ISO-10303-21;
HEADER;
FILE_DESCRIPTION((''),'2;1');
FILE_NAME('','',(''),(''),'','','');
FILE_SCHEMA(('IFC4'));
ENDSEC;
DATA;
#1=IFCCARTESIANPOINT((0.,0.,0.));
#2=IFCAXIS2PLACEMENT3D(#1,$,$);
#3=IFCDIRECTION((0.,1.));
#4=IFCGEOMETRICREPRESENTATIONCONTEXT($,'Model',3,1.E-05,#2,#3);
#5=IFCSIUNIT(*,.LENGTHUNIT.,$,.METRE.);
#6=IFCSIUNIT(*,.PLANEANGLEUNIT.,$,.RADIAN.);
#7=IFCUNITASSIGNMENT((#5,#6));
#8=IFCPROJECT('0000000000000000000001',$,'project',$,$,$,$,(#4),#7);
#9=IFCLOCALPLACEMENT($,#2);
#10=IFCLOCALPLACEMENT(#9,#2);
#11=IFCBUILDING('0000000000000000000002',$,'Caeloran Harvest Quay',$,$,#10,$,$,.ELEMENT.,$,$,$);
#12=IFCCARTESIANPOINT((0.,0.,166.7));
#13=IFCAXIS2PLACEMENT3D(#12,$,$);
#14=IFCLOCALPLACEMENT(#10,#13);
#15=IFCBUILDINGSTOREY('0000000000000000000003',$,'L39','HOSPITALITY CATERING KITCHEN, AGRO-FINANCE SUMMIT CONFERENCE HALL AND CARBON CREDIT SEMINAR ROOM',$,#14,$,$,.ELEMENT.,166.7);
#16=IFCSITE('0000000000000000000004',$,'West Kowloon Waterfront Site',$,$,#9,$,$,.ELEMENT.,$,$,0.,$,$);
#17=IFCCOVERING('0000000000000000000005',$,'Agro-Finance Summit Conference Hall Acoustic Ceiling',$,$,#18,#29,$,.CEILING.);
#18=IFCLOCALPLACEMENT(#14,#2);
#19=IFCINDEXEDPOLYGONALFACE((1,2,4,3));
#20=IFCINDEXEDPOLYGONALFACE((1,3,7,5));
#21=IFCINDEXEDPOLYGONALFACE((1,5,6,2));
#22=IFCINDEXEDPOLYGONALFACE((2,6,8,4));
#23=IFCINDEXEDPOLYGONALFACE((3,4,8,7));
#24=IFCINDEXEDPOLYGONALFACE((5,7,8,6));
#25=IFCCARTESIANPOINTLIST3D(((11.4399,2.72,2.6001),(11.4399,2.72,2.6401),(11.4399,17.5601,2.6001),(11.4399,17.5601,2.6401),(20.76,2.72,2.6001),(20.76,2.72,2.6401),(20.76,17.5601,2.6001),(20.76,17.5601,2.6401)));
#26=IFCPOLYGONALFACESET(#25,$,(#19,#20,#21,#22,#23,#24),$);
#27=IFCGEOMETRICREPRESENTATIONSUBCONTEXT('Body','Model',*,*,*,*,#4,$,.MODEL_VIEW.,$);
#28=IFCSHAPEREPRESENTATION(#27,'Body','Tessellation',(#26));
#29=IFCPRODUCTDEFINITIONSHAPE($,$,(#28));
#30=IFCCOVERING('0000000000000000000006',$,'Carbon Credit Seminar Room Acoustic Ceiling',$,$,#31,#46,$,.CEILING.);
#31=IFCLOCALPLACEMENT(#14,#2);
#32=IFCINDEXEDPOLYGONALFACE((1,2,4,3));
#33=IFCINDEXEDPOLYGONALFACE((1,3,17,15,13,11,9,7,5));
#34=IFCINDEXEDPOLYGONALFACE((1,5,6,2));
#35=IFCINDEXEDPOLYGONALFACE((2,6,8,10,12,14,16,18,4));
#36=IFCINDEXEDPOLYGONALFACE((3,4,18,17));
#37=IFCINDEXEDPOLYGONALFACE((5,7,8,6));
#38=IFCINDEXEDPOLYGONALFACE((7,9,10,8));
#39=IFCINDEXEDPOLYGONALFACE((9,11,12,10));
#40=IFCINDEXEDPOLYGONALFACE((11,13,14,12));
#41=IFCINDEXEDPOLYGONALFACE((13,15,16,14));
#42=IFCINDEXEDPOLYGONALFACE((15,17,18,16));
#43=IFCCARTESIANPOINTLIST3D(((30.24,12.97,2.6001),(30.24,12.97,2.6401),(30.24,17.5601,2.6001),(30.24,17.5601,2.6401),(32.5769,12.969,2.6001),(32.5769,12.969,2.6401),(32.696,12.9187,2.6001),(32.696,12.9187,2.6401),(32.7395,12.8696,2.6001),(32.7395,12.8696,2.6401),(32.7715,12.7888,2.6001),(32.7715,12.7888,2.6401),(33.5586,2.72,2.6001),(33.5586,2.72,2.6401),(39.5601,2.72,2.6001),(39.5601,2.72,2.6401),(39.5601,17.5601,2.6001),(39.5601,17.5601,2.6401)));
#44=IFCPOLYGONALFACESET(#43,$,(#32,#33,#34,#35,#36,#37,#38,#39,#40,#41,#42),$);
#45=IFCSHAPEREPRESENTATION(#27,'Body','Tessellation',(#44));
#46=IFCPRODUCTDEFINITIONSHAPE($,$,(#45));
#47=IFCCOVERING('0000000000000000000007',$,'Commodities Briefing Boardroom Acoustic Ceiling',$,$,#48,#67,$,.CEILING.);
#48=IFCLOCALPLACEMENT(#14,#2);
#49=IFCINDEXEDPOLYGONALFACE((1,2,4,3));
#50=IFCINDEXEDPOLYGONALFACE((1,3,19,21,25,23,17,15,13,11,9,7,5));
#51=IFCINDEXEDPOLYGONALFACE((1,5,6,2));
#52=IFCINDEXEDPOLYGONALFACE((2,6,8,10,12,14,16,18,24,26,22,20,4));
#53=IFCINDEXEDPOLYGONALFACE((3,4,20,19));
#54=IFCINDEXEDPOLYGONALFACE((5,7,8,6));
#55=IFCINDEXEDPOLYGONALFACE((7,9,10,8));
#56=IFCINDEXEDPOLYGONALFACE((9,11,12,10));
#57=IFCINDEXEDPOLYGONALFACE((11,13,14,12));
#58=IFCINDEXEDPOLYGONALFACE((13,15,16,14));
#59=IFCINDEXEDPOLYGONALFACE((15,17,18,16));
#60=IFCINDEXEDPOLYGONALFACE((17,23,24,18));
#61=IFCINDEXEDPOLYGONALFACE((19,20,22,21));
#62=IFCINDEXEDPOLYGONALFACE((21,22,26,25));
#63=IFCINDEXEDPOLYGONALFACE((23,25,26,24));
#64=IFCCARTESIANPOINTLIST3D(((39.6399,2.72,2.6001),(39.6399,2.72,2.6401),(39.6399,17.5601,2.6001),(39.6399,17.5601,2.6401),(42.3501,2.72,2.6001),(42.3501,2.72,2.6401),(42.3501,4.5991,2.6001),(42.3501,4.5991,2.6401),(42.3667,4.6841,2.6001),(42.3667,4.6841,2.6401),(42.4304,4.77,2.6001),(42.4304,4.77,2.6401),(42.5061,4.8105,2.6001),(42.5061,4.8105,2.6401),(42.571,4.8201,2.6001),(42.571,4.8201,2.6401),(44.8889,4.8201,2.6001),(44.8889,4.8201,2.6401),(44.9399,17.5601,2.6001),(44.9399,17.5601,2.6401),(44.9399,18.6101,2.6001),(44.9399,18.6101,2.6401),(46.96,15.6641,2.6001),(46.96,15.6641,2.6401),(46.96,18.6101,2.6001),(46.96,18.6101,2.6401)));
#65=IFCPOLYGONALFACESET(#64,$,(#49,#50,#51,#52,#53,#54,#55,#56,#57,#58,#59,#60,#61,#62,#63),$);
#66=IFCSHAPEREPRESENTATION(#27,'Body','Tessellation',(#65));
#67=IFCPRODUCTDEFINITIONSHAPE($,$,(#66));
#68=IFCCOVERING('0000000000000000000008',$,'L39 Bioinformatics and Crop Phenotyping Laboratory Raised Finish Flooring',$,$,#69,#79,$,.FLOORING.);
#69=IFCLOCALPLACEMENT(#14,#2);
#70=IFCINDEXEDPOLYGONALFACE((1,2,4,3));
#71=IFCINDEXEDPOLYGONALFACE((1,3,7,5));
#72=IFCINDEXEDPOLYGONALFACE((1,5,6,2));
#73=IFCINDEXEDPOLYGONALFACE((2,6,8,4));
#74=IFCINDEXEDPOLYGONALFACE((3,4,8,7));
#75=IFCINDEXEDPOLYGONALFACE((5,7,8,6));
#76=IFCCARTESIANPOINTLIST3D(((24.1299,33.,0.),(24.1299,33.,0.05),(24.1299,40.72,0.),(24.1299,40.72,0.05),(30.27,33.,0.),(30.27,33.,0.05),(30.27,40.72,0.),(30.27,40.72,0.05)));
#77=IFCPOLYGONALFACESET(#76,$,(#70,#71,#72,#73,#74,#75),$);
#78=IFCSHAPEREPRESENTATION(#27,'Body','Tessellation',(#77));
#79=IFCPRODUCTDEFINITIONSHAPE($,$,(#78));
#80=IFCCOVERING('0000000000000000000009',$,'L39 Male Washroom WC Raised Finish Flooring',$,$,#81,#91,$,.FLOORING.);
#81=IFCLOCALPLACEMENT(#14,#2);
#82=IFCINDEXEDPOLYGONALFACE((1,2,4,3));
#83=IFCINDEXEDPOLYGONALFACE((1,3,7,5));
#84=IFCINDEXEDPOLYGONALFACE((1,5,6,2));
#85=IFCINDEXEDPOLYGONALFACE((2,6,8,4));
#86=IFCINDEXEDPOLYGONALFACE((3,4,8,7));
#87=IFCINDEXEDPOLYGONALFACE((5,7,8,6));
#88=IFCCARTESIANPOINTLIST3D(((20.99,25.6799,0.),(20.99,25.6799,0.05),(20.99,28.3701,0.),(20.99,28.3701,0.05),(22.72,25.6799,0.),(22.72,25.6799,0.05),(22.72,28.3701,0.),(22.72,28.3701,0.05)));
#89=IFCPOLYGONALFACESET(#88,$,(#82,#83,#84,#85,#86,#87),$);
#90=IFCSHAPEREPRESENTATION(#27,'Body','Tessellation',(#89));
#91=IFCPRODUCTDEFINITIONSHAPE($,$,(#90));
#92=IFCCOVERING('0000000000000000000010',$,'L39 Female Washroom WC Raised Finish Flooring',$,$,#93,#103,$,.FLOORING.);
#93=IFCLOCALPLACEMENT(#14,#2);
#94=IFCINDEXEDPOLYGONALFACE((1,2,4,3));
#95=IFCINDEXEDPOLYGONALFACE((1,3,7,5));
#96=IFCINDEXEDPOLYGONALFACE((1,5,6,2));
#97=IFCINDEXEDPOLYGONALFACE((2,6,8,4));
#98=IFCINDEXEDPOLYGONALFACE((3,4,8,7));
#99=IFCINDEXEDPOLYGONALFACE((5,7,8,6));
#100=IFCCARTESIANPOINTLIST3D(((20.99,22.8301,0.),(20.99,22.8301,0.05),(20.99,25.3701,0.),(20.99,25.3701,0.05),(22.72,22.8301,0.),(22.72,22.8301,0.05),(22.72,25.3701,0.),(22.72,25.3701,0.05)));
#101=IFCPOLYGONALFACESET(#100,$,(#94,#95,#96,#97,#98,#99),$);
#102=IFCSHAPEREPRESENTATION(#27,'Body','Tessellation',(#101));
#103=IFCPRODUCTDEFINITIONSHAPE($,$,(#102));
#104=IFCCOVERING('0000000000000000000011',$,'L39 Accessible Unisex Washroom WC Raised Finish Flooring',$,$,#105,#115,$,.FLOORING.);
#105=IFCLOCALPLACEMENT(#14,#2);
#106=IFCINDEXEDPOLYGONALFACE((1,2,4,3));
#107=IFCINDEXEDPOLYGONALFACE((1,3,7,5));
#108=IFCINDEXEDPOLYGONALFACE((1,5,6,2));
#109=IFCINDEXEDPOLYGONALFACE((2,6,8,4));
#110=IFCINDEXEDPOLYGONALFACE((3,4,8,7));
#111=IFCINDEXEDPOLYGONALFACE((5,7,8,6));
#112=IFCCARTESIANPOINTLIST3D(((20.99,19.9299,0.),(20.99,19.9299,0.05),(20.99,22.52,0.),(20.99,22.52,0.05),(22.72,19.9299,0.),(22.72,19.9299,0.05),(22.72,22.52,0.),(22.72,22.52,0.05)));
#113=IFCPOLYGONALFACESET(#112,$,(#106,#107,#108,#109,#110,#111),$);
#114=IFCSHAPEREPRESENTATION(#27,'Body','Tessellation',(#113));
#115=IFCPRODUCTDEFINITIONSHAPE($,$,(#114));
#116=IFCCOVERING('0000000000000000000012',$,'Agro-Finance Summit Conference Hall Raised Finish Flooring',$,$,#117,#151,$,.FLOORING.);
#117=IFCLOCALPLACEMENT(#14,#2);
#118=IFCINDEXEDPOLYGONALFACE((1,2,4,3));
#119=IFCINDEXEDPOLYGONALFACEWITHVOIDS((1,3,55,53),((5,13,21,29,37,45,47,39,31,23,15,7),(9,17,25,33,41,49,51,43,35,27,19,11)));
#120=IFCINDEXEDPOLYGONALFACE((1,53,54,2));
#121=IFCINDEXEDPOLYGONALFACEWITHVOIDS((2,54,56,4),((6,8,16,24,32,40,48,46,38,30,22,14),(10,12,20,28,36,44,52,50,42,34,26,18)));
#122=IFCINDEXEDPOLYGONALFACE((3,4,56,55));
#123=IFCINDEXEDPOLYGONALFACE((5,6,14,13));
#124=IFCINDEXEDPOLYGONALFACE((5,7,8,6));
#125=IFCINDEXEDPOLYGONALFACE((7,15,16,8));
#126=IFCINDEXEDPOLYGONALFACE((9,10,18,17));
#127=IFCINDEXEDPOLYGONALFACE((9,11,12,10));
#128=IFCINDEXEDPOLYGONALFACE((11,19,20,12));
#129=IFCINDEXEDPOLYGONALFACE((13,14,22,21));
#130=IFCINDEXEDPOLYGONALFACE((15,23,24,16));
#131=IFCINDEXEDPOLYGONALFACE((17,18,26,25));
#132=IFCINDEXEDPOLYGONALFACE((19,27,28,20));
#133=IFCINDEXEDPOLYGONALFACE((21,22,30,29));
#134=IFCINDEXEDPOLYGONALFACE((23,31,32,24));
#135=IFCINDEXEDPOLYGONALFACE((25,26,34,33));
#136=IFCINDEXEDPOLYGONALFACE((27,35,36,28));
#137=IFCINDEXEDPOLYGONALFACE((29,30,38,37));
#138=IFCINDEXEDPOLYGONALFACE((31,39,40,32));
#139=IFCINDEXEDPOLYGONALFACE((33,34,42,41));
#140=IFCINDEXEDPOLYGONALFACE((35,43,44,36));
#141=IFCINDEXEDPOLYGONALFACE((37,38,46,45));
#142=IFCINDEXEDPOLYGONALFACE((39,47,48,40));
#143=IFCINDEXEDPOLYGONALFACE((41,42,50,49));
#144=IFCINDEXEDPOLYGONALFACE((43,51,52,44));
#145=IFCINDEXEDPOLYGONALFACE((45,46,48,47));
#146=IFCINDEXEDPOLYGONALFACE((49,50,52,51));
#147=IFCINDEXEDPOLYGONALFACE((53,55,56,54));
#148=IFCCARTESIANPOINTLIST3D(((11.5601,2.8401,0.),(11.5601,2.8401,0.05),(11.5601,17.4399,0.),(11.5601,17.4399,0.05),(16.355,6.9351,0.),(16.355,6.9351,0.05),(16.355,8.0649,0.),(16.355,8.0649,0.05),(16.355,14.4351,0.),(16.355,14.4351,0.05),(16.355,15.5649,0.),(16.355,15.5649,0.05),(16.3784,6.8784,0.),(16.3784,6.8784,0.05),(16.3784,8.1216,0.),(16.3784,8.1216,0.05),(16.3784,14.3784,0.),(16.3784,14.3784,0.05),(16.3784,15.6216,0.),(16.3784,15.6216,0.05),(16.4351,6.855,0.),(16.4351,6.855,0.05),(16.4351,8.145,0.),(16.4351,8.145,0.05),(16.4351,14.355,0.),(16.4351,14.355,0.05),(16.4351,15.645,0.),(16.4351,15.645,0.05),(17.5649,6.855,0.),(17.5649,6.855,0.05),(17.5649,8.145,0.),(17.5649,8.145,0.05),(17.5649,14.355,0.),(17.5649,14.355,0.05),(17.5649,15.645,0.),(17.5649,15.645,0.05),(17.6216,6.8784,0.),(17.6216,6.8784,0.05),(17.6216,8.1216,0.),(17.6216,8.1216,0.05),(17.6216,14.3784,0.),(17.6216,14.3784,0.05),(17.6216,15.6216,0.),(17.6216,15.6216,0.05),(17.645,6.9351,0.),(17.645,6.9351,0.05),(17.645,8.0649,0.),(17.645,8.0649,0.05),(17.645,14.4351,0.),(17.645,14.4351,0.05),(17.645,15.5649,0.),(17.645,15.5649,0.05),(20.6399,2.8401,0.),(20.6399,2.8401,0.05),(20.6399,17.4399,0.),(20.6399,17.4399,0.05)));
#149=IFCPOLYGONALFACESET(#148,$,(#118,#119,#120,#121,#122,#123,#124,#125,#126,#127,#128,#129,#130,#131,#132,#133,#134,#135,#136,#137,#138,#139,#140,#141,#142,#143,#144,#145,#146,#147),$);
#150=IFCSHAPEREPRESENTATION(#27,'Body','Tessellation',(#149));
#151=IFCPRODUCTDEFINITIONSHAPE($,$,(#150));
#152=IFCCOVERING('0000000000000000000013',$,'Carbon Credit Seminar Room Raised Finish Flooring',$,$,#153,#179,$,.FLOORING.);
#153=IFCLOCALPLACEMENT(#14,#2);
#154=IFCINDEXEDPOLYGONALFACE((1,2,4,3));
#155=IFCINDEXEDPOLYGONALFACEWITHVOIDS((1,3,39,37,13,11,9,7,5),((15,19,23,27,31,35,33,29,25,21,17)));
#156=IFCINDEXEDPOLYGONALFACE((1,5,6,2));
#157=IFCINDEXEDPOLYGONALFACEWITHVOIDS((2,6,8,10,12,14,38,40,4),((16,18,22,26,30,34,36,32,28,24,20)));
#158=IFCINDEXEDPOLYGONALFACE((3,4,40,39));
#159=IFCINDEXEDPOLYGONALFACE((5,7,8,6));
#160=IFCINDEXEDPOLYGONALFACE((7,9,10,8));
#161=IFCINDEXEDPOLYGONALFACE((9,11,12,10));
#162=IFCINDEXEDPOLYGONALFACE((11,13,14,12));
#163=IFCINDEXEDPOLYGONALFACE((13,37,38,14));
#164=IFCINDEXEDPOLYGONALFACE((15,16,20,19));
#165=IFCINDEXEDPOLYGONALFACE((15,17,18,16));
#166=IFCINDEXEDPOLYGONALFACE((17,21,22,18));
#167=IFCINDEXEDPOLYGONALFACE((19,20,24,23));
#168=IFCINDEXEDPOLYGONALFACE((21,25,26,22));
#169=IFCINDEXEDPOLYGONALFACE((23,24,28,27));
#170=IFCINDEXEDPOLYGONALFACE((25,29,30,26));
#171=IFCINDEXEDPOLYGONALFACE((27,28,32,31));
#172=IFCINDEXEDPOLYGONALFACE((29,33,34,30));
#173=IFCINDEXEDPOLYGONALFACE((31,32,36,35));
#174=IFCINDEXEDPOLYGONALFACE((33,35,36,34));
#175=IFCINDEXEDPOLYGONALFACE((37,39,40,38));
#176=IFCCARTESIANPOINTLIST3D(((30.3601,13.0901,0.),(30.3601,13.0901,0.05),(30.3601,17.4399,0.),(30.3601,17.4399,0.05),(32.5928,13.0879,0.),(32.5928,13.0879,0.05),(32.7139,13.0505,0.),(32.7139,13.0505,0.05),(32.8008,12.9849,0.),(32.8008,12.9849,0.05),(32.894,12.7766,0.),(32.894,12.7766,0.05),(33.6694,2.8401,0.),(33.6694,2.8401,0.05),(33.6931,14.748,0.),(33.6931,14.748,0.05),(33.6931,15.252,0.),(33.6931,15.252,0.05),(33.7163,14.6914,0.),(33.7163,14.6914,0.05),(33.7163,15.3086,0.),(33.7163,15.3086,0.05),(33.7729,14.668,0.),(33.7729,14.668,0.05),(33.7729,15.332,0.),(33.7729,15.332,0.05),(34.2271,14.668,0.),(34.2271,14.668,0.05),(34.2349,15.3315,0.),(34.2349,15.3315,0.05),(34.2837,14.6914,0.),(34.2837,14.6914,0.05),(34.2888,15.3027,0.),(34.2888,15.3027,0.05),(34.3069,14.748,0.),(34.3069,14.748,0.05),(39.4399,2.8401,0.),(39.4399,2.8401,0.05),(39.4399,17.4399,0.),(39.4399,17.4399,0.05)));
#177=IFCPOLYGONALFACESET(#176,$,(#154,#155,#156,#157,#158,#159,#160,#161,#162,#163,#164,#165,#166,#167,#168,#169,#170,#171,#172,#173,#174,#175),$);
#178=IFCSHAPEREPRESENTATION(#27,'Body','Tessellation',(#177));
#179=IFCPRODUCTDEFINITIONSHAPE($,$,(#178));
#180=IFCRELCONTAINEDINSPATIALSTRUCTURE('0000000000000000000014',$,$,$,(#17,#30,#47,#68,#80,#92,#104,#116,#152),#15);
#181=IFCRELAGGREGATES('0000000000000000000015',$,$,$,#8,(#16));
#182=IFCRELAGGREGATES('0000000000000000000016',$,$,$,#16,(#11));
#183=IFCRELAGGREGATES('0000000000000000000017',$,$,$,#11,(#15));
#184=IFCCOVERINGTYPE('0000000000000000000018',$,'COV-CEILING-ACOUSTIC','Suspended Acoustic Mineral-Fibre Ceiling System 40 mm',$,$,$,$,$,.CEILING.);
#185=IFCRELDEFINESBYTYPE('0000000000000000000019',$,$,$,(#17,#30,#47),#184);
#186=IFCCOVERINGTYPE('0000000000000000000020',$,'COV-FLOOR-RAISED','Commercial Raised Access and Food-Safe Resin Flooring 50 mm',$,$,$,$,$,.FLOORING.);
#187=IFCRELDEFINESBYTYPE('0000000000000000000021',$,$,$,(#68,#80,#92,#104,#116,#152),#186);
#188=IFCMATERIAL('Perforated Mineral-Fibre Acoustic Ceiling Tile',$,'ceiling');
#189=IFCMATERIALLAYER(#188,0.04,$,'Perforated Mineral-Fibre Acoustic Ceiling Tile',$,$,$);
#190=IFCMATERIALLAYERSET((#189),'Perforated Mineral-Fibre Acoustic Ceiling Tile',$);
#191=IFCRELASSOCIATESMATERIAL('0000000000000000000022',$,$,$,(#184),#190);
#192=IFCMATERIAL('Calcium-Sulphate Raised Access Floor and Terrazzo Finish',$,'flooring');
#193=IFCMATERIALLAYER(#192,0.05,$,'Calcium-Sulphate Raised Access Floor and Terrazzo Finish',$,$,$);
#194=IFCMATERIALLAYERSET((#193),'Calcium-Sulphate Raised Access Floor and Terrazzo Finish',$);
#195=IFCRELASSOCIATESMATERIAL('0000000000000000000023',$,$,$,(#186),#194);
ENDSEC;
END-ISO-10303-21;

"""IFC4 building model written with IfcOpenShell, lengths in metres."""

from ifc_helpers import new_model, si_unit, direction, frame, origin, place, context, subcontext, project, spatial, polyline, outline, extrude, material, layer, layer_set, type_object, element, save


model = new_model("IFC4")

# Units and contexts
model_context = context("Model", 3, precision=1e-05, world=origin(), true_north=direction((0.0, 1.0)))
body_context = subcontext(model_context, "Body", "Model", "MODEL_VIEW")
ifc_project = project(units=[si_unit("LENGTHUNIT", "METRE"), si_unit("PLANEANGLEUNIT", "RADIAN")], contexts=[model_context])

# Site, building, storey
site_placement = place(None, origin())
site = spatial("IfcSite", under=ifc_project, at=site_placement, Name="West Kowloon Waterfront Site", CompositionType="ELEMENT", RefElevation=0.0)
building_placement = place(site_placement, origin())
building = spatial("IfcBuilding", under=site, at=building_placement, Name="Caeloran Harvest Quay", CompositionType="ELEMENT")
storey_placement = place(building_placement, frame((0.0, 0.0, 166.7)))
storey = spatial("IfcBuildingStorey", under=building, at=storey_placement, Name="L39", Description="HOSPITALITY CATERING KITCHEN, AGRO-FINANCE SUMMIT CONFERENCE HALL AND CARBON CREDIT SEMINAR ROOM", CompositionType="ELEMENT", Elevation=166.7)

# Coverings
ifc_material_1 = material(Name="Perforated Mineral-Fibre Acoustic Ceiling Tile", Category="ceiling")
ifc_layer_1 = layer(ifc_material_1, 0.04, Name="Perforated Mineral-Fibre Acoustic Ceiling Tile")
ifc_layer_set_1 = layer_set([ifc_layer_1], Name="Perforated Mineral-Fibre Acoustic Ceiling Tile")
covering_type_1 = type_object("IfcCoveringType", Name="COV-CEILING-ACOUSTIC", Description="Suspended Acoustic Mineral-Fibre Ceiling System 40 mm", PredefinedType="CEILING", material=ifc_layer_set_1)
covering_1_placement = place(storey_placement, frame((0.0, 0.0, 2.6001)))
element("IfcCovering", 1, at=covering_1_placement, inside=storey, type_object=covering_type_1, Name="Agro-Finance Summit Conference Hall Acoustic Ceiling", PredefinedType="CEILING", context=body_context, shape_type="SweptSolid", body=[
    extrude(outline(polyline([(20.76, 2.72), (11.4399, 2.72), (11.4399, 17.5601), (20.76, 17.5601), (20.76, 2.72)])), origin(), (0.0, 0.0, 1.0), 0.04),
])
covering_2_placement = place(storey_placement, frame((0.0, 0.0, 2.6001)))
element("IfcCovering", 2, at=covering_2_placement, inside=storey, type_object=covering_type_1, Name="Carbon Credit Seminar Room Acoustic Ceiling", PredefinedType="CEILING", context=body_context, shape_type="SweptSolid", body=[
    extrude(outline(polyline([(32.7715, 12.7888), (32.7395, 12.8696), (32.696, 12.9187), (32.5769, 12.969), (30.24, 12.97), (30.24, 17.5601), (39.5601, 17.5601), (39.5601, 2.72), (33.5586, 2.72), (32.7715, 12.7888)])), origin(), (0.0, 0.0, 1.0), 0.04),
])
covering_3_placement = place(storey_placement, frame((0.0, 0.0, 2.6001)))
element("IfcCovering", 3, at=covering_3_placement, inside=storey, type_object=covering_type_1, Name="Commodities Briefing Boardroom Acoustic Ceiling", PredefinedType="CEILING", context=body_context, shape_type="SweptSolid", body=[
    extrude(outline(polyline([(44.9399, 17.5601), (44.9399, 18.6101), (46.96, 18.6101), (46.96, 15.6641), (44.8889, 4.8201), (42.571, 4.8201), (42.5061, 4.8105), (42.4304, 4.77), (42.3667, 4.6841), (42.3501, 4.5991), (42.3501, 2.72), (39.6399, 2.72), (39.6399, 17.5601), (44.9399, 17.5601)])), origin(), (0.0, 0.0, 1.0), 0.04),
])
ifc_material_2 = material(Name="Calcium-Sulphate Raised Access Floor and Terrazzo Finish", Category="flooring")
ifc_layer_2 = layer(ifc_material_2, 0.05, Name="Calcium-Sulphate Raised Access Floor and Terrazzo Finish")
ifc_layer_set_2 = layer_set([ifc_layer_2], Name="Calcium-Sulphate Raised Access Floor and Terrazzo Finish")
covering_type_2 = type_object("IfcCoveringType", Name="COV-FLOOR-RAISED", Description="Commercial Raised Access and Food-Safe Resin Flooring 50 mm", PredefinedType="FLOORING", material=ifc_layer_set_2)
covering_4_placement = place(storey_placement, origin())
element("IfcCovering", 4, at=covering_4_placement, inside=storey, type_object=covering_type_2, Name="L39 Bioinformatics and Crop Phenotyping Laboratory Raised Finish Flooring", PredefinedType="FLOORING", context=body_context, shape_type="SweptSolid", body=[
    extrude(outline(polyline([(30.27, 40.72), (30.27, 33.0), (24.1299, 33.0), (24.1299, 40.72), (30.27, 40.72)])), origin(), (0.0, 0.0, 1.0), 0.05),
])
covering_5_placement = place(storey_placement, origin())
element("IfcCovering", 5, at=covering_5_placement, inside=storey, type_object=covering_type_2, Name="L39 Male Washroom WC Raised Finish Flooring", PredefinedType="FLOORING", context=body_context, shape_type="SweptSolid", body=[
    extrude(outline(polyline([(22.72, 25.6799), (20.99, 25.6799), (20.99, 28.3701), (22.72, 28.3701), (22.72, 25.6799)])), origin(), (0.0, 0.0, 1.0), 0.05),
])
covering_6_placement = place(storey_placement, origin())
element("IfcCovering", 6, at=covering_6_placement, inside=storey, type_object=covering_type_2, Name="L39 Female Washroom WC Raised Finish Flooring", PredefinedType="FLOORING", context=body_context, shape_type="SweptSolid", body=[
    extrude(outline(polyline([(22.72, 22.8301), (20.99, 22.8301), (20.99, 25.3701), (22.72, 25.3701), (22.72, 22.8301)])), origin(), (0.0, 0.0, 1.0), 0.05),
])
covering_7_placement = place(storey_placement, origin())
element("IfcCovering", 7, at=covering_7_placement, inside=storey, type_object=covering_type_2, Name="L39 Accessible Unisex Washroom WC Raised Finish Flooring", PredefinedType="FLOORING", context=body_context, shape_type="SweptSolid", body=[
    extrude(outline(polyline([(22.72, 19.9299), (20.99, 19.9299), (20.99, 22.52), (22.72, 22.52), (22.72, 19.9299)])), origin(), (0.0, 0.0, 1.0), 0.05),
])
covering_8_placement = place(storey_placement, origin())
element("IfcCovering", 8, at=covering_8_placement, inside=storey, type_object=covering_type_2, Name="Agro-Finance Summit Conference Hall Raised Finish Flooring", PredefinedType="FLOORING", context=body_context, shape_type="SweptSolid", body=[
    extrude(outline(polyline([(11.5601, 17.4399), (20.6399, 17.4399), (20.6399, 2.8401), (11.5601, 2.8401), (11.5601, 17.4399)]), holes=[polyline([(16.4351, 8.145), (16.3784, 8.1216), (16.355, 8.0649), (16.355, 6.9351), (16.3784, 6.8784), (16.4351, 6.855), (17.5649, 6.855), (17.6216, 6.8784), (17.645, 6.9351), (17.645, 8.0649), (17.6216, 8.1216), (17.5649, 8.145), (16.4351, 8.145)]), polyline([(16.4351, 15.645), (16.3784, 15.6216), (16.355, 15.5649), (16.355, 14.4351), (16.3784, 14.3784), (16.4351, 14.355), (17.5649, 14.355), (17.6216, 14.3784), (17.645, 14.4351), (17.645, 15.5649), (17.6216, 15.6216), (17.5649, 15.645), (16.4351, 15.645)])]), origin(), (0.0, 0.0, 1.0), 0.05),
])
covering_9_placement = place(storey_placement, origin())
element("IfcCovering", 9, at=covering_9_placement, inside=storey, type_object=covering_type_2, Name="Carbon Credit Seminar Room Raised Finish Flooring", PredefinedType="FLOORING", context=body_context, shape_type="SweptSolid", body=[
    extrude(outline(polyline([(32.894, 12.7766), (32.8008, 12.9849), (32.7139, 13.0505), (32.5928, 13.0879), (30.3601, 13.0901), (30.3601, 17.4399), (39.4399, 17.4399), (39.4399, 2.8401), (33.6694, 2.8401), (32.894, 12.7766)]), holes=[polyline([(34.3069, 14.748), (34.2888, 15.3027), (34.2349, 15.3315), (33.7729, 15.332), (33.7163, 15.3086), (33.6931, 15.252), (33.6931, 14.748), (33.7163, 14.6914), (33.7729, 14.668), (34.2271, 14.668), (34.2837, 14.6914), (34.3069, 14.748)])]), origin(), (0.0, 0.0, 1.0), 0.05),
])

save(model, "model.ifc")
